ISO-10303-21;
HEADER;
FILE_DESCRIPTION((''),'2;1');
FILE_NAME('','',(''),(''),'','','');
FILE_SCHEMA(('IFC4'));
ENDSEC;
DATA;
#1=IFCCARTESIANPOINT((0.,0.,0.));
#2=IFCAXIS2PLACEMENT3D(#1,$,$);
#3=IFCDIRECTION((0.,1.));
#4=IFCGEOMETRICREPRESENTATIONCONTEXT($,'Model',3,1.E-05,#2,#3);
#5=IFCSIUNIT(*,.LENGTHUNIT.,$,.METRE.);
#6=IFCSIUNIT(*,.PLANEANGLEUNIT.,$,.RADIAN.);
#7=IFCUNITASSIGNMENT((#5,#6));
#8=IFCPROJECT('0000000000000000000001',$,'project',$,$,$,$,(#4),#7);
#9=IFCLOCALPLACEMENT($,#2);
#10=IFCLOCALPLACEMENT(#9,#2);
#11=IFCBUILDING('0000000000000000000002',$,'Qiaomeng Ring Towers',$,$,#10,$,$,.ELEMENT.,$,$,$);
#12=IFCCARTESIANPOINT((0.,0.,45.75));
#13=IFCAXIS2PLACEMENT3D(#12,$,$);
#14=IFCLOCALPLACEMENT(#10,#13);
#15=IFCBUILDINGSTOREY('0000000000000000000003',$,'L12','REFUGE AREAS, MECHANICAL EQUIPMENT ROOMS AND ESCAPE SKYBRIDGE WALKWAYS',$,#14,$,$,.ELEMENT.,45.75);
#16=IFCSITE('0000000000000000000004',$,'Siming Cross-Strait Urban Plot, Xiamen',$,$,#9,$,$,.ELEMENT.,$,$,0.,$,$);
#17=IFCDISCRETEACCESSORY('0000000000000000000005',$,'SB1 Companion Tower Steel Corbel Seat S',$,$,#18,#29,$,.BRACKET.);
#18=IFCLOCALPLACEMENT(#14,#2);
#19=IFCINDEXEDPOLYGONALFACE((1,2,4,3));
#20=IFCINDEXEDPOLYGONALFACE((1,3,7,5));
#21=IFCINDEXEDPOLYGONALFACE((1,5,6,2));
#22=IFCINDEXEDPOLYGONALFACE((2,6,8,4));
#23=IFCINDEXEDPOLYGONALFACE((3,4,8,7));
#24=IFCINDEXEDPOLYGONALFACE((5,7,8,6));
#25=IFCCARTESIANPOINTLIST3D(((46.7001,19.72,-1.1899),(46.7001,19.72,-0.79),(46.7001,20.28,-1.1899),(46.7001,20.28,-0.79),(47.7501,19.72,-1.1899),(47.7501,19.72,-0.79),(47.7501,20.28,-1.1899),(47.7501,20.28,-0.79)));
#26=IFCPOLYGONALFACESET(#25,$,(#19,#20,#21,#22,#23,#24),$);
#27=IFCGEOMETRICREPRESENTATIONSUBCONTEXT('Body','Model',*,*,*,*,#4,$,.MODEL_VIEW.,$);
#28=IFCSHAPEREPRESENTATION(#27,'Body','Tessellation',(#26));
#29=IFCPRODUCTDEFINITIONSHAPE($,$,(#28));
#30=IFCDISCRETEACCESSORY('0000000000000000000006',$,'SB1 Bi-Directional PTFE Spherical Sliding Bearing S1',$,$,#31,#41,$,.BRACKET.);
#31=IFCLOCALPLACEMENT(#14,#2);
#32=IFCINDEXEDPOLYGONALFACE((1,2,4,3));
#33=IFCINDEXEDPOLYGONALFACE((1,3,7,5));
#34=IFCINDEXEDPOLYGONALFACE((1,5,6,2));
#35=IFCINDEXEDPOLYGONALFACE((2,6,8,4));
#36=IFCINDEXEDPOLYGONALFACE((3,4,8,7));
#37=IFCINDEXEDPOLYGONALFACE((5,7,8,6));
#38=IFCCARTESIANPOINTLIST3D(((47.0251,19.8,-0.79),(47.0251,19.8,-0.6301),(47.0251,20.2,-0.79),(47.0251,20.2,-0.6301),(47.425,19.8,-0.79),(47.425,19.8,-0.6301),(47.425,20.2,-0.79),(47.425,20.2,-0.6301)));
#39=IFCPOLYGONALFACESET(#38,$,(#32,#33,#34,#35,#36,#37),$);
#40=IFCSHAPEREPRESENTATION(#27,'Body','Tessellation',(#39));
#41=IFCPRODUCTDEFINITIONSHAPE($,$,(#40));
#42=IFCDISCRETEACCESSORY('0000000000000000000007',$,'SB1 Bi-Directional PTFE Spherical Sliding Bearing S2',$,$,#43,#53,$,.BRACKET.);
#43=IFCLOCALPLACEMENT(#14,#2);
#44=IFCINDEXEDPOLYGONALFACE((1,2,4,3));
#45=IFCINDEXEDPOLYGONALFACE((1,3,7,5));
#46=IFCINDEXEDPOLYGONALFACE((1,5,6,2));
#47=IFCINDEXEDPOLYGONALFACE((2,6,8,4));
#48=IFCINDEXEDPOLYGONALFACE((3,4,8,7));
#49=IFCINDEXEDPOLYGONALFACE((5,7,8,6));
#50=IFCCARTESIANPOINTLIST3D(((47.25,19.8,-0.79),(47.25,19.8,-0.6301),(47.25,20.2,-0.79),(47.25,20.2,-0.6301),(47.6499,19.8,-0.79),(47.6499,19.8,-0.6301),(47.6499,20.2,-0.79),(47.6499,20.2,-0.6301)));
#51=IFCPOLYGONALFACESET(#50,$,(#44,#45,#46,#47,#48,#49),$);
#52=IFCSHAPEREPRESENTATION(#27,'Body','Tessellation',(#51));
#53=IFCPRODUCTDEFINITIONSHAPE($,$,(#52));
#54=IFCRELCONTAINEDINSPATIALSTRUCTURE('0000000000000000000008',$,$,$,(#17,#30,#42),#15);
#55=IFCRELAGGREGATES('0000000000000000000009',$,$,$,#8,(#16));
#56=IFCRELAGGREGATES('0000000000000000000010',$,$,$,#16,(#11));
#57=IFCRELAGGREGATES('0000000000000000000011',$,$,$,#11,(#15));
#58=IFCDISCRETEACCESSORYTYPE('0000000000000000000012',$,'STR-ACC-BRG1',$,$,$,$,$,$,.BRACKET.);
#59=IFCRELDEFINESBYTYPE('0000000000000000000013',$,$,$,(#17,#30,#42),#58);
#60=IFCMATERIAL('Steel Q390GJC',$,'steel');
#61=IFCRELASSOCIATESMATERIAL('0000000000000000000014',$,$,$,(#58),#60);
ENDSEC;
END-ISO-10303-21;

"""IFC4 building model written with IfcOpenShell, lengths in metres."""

from ifc_helpers import new_model, si_unit, direction, frame, origin, origin_2d, place, context, subcontext, project, spatial, rectangle, extrude, source, transform, mapped, material, type_object, element, save


model = new_model("IFC4")

# Units and contexts
model_context = context("Model", 3, precision=1e-05, world=origin(), true_north=direction((0.0, 1.0)))
body_context = subcontext(model_context, "Body", "Model", "MODEL_VIEW")
ifc_project = project(units=[si_unit("LENGTHUNIT", "METRE"), si_unit("PLANEANGLEUNIT", "RADIAN")], contexts=[model_context])

# Site, building, storey
site_placement = place(None, origin())
site = spatial("IfcSite", under=ifc_project, at=site_placement, Name="Siming Cross-Strait Urban Plot, Xiamen", CompositionType="ELEMENT", RefElevation=0.0)
building_placement = place(site_placement, origin())
building = spatial("IfcBuilding", under=site, at=building_placement, Name="Qiaomeng Ring Towers", CompositionType="ELEMENT")
storey_placement = place(building_placement, frame((0.0, 0.0, 45.75)))
storey = spatial("IfcBuildingStorey", under=building, at=storey_placement, Name="L12", Description="REFUGE AREAS, MECHANICAL EQUIPMENT ROOMS AND ESCAPE SKYBRIDGE WALKWAYS", CompositionType="ELEMENT", Elevation=45.75)

# Shared definitions
ifc_material_1 = material(Name="Steel Q390GJC", Category="steel")

# Discrete accessories
discrete_accessory_type = type_object("IfcDiscreteAccessoryType", Name="STR-ACC-BRG1", PredefinedType="BRACKET", material=ifc_material_1)
shared_shape_1 = source(origin(), body_context, "Body", "SweptSolid", [
    extrude(rectangle(XDim=1.05, YDim=0.5601, at=origin_2d()), origin(), (0.0, 0.0, 1.0), 0.3999),
])
discrete_accessory_placement = place(storey_placement, frame((47.2251, 20.0, -1.1899), z_axis=(0.0, 0.0, 1.0), x_axis=(1.0, 0.0, 0.0)))
element("IfcDiscreteAccessory", 1, at=discrete_accessory_placement, inside=storey, type_object=discrete_accessory_type, Name="SB1 Companion Tower Steel Corbel Seat S", PredefinedType="BRACKET", context=body_context, shape_type="MappedRepresentation", body=[
    mapped(shared_shape_1, transform((0.0, 0.0, 0.0), x_axis=(1.0, 0.0, 0.0), y_axis=(0.0, 1.0, 0.0), z_axis=(0.0, 0.0, 1.0), scale=1.0)),
])
shared_shape_2 = source(origin(), body_context, "Body", "SweptSolid", [
    extrude(rectangle(XDim=0.3999, YDim=0.3999, at=origin_2d()), origin(), (0.0, 0.0, 1.0), 0.1599),
])
for number, where, z_axis, x_axis, name in (
    (2, (47.2251, 20.0, -0.79), (0.0, 0.0, 1.0), (1.0, 0.0, 0.0), "SB1 Bi-Directional PTFE Spherical Sliding Bearing S1"),
    (3, (47.45, 20.0, -0.79), (0.0, 0.0, 1.0), (1.0, 0.0, 0.0), "SB1 Bi-Directional PTFE Spherical Sliding Bearing S2"),
):
    element("IfcDiscreteAccessory", number, at=place(storey_placement, frame(where, z_axis=z_axis, x_axis=x_axis)), inside=storey, type_object=discrete_accessory_type, Name=name, PredefinedType="BRACKET", context=body_context, shape_type="MappedRepresentation", body=[
        mapped(shared_shape_2, transform((0.0, 0.0, 0.0), x_axis=(1.0, 0.0, 0.0), y_axis=(0.0, 1.0, 0.0), z_axis=(0.0, 0.0, 1.0), scale=1.0)),
    ])

save(model, "model.ifc")
